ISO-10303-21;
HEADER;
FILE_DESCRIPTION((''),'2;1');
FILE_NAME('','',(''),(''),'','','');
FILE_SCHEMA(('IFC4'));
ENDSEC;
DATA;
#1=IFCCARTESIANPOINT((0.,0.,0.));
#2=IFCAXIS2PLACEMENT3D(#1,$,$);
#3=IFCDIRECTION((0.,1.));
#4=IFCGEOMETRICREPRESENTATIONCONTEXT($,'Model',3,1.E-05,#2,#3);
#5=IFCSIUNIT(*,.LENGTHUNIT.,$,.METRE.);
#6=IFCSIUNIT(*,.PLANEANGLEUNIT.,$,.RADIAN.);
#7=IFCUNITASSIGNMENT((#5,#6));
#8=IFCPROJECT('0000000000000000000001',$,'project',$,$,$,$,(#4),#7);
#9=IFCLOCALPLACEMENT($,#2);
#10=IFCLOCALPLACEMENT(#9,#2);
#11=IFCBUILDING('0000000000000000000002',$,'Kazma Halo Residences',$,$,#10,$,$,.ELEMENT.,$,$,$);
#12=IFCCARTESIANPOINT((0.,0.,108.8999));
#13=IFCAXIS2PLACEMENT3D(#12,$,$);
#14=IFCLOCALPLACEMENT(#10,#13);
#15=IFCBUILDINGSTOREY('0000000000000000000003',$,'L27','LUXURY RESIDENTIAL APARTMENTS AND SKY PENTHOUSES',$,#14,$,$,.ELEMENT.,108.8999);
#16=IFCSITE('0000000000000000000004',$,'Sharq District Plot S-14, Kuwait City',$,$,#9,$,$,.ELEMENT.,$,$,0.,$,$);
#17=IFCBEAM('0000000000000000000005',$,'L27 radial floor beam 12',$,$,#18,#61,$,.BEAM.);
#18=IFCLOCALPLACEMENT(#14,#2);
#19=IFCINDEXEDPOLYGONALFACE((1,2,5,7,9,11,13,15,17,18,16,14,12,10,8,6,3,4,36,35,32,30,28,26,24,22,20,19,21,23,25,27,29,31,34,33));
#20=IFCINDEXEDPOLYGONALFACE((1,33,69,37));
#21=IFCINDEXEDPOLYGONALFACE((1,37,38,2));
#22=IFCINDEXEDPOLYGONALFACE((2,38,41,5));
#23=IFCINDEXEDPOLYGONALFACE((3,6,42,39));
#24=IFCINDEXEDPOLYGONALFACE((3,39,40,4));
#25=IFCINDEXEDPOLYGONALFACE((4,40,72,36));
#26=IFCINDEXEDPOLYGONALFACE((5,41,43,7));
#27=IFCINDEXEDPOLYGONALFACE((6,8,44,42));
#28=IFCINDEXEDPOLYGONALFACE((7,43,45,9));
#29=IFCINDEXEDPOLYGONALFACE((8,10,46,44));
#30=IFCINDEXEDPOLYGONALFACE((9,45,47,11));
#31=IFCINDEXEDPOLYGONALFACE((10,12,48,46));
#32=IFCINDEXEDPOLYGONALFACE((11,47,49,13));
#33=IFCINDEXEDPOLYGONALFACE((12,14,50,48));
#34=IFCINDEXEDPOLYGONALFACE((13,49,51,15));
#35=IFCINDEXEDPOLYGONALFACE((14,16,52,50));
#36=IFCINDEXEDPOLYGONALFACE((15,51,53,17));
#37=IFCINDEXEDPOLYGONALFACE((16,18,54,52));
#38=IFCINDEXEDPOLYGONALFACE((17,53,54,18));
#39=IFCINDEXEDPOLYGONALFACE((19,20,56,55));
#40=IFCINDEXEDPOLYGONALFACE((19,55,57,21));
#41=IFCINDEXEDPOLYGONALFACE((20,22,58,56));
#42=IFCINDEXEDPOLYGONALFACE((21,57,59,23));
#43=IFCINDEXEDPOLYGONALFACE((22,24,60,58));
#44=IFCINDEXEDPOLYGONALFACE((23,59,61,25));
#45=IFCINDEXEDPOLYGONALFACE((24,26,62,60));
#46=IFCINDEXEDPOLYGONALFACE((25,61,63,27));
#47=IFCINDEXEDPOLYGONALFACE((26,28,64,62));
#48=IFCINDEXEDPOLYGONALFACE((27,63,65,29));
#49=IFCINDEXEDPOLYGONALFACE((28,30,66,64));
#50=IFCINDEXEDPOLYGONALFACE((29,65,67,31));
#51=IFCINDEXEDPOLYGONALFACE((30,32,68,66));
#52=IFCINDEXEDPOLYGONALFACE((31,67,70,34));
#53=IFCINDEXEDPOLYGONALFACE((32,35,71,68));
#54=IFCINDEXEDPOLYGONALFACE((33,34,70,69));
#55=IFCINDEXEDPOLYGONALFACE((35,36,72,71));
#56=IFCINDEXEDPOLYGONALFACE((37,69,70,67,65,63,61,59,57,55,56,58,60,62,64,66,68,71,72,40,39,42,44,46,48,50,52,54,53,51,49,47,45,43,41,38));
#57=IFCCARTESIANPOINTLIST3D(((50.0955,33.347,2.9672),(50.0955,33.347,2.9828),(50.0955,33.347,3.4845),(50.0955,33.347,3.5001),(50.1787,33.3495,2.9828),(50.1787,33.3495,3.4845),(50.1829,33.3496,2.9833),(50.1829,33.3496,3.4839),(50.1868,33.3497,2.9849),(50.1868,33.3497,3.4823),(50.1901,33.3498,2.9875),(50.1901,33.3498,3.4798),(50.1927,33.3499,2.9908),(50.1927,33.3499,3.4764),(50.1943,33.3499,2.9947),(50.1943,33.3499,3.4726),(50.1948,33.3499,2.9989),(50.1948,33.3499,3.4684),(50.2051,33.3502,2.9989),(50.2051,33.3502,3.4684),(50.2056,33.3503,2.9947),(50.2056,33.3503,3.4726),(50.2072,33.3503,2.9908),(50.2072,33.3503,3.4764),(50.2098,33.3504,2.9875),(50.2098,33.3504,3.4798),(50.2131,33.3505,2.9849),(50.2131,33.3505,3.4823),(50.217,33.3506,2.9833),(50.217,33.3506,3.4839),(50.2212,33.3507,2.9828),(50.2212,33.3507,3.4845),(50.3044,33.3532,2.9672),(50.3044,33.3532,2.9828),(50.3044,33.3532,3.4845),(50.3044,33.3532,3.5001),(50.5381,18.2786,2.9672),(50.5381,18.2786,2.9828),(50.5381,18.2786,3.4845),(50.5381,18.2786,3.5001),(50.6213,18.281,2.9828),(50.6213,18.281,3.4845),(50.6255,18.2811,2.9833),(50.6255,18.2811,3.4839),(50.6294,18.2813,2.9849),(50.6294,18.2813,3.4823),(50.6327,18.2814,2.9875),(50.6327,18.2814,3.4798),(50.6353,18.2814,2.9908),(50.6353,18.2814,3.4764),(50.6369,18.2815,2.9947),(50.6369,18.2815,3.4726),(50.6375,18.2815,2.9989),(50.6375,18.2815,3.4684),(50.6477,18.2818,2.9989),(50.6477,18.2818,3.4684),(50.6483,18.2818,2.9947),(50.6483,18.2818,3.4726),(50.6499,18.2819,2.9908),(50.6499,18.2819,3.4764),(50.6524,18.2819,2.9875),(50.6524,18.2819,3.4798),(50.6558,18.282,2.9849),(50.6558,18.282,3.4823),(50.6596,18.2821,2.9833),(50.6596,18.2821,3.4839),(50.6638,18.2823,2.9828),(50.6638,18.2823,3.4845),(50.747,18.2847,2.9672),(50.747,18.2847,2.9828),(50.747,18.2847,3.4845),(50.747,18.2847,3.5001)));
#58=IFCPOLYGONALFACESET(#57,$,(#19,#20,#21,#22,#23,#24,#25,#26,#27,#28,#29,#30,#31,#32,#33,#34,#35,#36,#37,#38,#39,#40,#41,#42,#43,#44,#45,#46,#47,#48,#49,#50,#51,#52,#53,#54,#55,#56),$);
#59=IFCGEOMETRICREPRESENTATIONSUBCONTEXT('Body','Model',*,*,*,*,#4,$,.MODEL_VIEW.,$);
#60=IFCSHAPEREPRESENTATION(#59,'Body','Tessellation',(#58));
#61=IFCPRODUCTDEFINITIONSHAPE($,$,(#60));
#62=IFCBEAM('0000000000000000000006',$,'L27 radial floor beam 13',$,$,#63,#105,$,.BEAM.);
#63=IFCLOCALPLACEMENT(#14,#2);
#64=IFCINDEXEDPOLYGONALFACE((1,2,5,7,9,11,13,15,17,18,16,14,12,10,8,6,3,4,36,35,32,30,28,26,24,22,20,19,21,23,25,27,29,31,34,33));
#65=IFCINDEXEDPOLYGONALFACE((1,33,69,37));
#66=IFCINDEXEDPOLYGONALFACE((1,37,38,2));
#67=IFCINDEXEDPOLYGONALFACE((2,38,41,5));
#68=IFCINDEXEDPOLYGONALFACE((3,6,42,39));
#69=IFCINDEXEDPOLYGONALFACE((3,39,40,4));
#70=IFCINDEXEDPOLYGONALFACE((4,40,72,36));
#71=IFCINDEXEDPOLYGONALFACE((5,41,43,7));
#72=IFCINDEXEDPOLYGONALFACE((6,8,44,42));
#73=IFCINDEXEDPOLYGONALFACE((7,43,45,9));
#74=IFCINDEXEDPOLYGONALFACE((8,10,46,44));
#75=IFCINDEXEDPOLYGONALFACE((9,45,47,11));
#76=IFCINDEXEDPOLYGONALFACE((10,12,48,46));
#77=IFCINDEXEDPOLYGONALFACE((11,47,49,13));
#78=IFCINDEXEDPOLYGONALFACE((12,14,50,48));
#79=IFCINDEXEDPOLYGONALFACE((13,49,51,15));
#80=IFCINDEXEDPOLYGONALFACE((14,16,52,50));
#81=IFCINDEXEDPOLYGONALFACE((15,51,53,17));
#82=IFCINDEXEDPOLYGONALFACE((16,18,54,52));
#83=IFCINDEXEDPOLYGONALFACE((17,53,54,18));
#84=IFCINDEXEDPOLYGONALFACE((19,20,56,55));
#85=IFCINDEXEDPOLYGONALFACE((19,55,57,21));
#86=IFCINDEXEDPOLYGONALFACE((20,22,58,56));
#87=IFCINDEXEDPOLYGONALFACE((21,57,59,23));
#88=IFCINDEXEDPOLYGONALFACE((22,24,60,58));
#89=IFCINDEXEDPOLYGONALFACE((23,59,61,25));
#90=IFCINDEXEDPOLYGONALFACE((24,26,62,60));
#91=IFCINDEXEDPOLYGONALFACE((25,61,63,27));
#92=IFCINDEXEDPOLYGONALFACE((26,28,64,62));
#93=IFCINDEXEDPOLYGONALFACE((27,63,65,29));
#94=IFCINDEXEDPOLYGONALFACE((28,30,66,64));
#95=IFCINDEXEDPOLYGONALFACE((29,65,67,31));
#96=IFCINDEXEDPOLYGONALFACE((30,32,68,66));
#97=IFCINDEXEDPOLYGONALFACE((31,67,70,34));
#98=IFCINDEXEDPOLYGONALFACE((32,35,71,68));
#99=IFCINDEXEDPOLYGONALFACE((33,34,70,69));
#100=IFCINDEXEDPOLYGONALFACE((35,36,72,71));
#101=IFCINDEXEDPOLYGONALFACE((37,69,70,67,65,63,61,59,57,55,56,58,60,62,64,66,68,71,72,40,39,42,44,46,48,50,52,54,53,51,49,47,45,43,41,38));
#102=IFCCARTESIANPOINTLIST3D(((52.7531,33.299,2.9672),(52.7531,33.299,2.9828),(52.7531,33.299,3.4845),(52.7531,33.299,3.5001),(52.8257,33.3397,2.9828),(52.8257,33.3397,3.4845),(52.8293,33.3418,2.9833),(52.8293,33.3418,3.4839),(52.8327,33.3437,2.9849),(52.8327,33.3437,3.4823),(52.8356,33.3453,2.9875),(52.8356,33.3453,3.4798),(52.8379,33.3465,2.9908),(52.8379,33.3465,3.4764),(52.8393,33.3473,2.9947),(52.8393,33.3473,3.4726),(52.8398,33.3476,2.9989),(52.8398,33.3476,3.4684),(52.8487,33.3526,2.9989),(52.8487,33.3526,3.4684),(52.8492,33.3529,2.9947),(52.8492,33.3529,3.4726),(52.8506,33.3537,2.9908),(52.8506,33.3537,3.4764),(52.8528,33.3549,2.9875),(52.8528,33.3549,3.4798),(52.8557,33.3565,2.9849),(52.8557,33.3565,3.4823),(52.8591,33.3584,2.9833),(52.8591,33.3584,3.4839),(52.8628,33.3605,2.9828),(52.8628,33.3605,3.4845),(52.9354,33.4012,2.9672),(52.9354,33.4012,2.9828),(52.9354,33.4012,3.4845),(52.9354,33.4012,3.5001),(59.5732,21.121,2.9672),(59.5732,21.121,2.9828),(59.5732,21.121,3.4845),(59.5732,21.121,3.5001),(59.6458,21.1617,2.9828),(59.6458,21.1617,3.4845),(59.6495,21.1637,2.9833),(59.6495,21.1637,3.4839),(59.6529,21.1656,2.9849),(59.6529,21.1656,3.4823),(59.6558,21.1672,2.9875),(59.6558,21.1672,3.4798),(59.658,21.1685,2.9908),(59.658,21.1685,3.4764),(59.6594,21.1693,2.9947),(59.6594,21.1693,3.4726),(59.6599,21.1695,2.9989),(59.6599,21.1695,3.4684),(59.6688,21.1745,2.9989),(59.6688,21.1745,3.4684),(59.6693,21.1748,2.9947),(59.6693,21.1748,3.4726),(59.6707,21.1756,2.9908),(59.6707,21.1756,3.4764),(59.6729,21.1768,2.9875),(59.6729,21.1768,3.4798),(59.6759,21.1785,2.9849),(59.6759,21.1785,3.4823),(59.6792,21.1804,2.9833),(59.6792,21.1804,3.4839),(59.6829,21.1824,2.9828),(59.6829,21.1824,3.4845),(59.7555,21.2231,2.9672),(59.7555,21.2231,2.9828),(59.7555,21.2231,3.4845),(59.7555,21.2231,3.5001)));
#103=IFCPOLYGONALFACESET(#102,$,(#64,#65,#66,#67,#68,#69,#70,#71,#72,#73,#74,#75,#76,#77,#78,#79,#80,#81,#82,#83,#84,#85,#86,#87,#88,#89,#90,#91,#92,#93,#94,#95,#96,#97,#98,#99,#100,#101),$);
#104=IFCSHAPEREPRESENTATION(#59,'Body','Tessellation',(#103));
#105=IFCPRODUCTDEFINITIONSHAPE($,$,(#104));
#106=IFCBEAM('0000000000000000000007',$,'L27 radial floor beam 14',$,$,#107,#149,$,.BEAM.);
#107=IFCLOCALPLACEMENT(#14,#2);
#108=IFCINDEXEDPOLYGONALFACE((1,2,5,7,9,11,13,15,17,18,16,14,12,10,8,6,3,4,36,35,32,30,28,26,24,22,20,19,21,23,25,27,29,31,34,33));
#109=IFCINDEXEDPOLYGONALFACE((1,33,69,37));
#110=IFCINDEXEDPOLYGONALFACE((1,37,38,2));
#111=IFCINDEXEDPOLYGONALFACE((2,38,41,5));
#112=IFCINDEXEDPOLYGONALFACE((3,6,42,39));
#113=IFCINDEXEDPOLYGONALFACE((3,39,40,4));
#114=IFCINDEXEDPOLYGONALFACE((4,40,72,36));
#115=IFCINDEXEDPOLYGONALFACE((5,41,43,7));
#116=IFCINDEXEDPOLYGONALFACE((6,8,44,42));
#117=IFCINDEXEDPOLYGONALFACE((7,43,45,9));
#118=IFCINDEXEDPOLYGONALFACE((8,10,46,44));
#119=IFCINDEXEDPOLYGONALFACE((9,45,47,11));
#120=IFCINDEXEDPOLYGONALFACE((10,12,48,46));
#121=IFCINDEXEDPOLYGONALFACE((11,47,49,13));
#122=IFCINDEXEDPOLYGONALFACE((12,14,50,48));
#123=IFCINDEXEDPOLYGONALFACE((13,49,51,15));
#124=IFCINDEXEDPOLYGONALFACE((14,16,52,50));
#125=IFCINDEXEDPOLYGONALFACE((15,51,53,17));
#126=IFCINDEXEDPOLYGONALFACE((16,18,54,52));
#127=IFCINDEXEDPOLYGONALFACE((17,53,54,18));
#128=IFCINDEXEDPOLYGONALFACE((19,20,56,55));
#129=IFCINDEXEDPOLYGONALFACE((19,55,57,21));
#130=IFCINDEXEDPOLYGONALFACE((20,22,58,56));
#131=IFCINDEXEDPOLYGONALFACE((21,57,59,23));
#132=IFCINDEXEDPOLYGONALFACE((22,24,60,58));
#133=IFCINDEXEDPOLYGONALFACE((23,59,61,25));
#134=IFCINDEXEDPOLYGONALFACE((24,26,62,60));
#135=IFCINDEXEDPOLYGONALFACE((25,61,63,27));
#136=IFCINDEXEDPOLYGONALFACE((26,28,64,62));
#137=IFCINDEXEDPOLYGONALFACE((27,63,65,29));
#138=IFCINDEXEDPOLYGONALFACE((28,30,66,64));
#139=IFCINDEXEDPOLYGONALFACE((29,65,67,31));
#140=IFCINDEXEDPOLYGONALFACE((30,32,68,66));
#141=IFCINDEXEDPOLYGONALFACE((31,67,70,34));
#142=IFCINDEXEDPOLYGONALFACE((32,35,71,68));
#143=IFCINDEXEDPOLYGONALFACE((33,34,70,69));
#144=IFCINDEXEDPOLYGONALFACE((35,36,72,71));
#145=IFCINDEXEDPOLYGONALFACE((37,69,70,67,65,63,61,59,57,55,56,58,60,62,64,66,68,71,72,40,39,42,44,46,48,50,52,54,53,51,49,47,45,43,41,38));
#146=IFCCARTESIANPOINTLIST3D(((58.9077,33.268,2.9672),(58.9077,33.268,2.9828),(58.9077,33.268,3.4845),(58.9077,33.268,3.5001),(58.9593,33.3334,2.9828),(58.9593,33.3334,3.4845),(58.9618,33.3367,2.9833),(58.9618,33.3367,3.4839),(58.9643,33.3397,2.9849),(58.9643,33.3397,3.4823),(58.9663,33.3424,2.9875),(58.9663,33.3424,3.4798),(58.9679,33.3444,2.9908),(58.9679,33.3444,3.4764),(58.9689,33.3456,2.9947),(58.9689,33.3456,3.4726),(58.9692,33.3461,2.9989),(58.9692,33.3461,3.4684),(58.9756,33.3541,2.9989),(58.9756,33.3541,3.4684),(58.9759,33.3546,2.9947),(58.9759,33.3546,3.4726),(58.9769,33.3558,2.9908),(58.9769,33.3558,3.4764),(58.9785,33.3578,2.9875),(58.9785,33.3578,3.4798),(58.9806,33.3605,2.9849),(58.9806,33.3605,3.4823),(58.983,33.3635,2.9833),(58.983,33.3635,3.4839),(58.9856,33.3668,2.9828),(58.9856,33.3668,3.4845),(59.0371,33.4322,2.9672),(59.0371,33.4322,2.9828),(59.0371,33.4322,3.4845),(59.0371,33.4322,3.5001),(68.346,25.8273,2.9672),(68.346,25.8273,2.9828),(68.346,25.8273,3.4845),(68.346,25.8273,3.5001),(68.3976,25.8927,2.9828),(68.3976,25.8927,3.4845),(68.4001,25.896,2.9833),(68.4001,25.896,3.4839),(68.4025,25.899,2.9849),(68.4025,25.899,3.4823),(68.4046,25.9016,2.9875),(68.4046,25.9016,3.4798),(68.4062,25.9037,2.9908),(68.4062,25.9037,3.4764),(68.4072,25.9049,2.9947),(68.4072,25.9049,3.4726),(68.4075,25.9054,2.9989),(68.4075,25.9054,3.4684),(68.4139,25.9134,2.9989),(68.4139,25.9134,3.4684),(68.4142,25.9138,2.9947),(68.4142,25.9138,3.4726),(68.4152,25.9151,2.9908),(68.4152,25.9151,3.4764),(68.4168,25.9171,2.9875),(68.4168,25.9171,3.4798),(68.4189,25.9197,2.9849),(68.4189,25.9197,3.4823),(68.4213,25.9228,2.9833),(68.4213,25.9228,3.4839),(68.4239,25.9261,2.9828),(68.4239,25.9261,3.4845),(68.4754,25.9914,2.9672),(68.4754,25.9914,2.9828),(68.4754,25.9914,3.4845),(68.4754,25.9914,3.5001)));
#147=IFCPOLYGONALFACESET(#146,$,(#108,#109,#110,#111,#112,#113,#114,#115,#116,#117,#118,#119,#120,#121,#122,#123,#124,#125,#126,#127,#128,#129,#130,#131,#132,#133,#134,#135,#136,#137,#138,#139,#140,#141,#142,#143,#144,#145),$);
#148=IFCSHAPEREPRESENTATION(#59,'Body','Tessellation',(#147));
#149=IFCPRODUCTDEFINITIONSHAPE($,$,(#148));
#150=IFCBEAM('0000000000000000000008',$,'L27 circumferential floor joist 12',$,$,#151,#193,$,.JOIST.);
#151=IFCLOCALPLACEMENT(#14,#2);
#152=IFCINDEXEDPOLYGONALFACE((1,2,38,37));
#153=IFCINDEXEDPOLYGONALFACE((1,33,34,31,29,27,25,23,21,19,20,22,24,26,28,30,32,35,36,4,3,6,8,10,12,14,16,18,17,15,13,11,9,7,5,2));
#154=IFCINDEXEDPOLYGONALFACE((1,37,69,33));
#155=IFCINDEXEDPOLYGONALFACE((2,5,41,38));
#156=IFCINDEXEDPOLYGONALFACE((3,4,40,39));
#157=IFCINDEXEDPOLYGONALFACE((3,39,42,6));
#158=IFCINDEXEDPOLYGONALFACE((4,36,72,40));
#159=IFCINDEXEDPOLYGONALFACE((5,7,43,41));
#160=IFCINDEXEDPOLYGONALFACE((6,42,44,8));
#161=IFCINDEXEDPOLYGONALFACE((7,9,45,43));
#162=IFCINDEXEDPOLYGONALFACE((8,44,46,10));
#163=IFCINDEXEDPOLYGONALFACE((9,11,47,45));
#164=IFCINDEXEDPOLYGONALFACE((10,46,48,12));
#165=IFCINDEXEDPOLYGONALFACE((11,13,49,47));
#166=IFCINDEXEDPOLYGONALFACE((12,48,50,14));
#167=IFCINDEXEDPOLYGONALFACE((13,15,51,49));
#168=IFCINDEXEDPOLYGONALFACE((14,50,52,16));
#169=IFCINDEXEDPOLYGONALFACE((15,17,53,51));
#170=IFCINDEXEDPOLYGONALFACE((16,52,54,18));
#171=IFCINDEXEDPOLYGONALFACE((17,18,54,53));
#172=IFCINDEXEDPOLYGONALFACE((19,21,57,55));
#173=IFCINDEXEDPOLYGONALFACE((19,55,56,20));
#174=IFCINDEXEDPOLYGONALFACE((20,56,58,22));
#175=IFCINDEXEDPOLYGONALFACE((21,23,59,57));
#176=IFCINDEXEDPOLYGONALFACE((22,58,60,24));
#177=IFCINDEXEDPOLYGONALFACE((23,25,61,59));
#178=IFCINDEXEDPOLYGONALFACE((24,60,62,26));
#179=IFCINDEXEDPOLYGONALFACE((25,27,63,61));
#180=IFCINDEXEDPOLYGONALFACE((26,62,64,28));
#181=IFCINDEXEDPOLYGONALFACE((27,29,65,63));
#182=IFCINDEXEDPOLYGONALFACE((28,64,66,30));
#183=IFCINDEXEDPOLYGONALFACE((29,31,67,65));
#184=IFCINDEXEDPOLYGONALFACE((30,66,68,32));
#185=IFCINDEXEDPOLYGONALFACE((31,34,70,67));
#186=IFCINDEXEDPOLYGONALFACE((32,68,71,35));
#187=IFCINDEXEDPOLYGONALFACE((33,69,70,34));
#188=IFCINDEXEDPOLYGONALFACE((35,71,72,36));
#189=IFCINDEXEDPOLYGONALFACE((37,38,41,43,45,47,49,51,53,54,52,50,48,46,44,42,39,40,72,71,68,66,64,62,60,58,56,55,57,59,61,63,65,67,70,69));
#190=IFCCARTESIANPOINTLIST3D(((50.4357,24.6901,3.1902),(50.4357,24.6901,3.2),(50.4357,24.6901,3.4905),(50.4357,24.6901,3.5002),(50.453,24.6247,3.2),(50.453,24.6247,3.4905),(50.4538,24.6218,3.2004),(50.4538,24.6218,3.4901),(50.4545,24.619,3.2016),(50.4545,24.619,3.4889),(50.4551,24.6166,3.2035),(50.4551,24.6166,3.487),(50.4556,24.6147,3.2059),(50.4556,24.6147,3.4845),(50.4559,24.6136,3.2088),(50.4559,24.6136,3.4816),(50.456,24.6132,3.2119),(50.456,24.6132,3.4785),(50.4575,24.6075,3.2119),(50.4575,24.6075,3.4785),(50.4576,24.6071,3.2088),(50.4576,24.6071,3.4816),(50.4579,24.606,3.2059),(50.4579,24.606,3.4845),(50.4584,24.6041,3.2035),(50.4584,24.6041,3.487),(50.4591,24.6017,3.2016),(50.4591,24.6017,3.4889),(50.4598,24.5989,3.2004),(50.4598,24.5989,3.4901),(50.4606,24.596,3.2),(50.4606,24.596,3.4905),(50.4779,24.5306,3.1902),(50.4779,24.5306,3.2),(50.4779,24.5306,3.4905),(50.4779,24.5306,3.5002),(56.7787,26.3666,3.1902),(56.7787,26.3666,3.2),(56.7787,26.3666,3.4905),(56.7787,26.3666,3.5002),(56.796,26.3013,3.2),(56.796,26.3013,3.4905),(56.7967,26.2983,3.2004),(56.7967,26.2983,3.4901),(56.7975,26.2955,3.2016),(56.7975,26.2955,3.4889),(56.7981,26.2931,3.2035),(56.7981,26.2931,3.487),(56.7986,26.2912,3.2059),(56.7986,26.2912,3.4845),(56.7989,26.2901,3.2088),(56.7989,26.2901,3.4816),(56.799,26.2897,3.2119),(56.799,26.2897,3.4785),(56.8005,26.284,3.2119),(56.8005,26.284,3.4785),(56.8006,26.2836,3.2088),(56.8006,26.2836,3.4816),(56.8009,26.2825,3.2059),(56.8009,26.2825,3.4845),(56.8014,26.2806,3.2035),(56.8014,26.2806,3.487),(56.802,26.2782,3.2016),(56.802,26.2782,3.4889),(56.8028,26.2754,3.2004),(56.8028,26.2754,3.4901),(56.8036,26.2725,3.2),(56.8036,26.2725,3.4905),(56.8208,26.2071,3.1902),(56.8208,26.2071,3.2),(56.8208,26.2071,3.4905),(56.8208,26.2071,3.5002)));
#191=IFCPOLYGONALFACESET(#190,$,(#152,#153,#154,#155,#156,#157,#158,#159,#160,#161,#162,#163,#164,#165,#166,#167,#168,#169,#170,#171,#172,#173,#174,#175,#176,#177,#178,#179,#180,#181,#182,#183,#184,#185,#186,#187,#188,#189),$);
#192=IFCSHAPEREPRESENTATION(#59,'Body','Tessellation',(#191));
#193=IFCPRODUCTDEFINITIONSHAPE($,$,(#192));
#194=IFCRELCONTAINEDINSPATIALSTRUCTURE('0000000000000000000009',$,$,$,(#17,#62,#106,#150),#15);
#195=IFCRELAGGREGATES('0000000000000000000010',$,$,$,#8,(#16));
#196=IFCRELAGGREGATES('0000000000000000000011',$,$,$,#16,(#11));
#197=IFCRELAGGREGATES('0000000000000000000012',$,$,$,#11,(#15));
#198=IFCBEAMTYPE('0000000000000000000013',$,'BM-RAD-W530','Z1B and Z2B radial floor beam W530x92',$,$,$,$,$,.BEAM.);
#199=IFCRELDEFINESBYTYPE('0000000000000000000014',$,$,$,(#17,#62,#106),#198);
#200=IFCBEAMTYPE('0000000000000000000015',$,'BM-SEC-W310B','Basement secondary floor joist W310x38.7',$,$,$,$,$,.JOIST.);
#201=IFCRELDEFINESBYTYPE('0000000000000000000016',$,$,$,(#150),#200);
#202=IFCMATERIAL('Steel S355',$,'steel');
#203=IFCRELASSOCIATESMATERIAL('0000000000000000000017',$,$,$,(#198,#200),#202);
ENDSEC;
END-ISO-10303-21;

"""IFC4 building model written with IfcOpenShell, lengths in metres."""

from ifc_helpers import new_model, si_unit, direction, frame, origin, origin_2d, place, context, subcontext, project, spatial, i_section, extrude, material, material_profile, profile_set, type_object, element, save


model = new_model("IFC4")

# Units and contexts
model_context = context("Model", 3, precision=1e-05, world=origin(), true_north=direction((0.0, 1.0)))
body_context = subcontext(model_context, "Body", "Model", "MODEL_VIEW")
ifc_project = project(units=[si_unit("LENGTHUNIT", "METRE"), si_unit("PLANEANGLEUNIT", "RADIAN")], contexts=[model_context])

# Site, building, storey
site_placement = place(None, origin())
site = spatial("IfcSite", under=ifc_project, at=site_placement, Name="Sharq District Plot S-14, Kuwait City", CompositionType="ELEMENT", RefElevation=0.0)
building_placement = place(site_placement, origin())
building = spatial("IfcBuilding", under=site, at=building_placement, Name="Kazma Halo Residences", CompositionType="ELEMENT")
storey_placement = place(building_placement, frame((0.0, 0.0, 108.8999)))
storey = spatial("IfcBuildingStorey", under=building, at=storey_placement, Name="L27", Description="LUXURY RESIDENTIAL APARTMENTS AND SKY PENTHOUSES", CompositionType="ELEMENT", Elevation=108.8999)

# Beams
ifc_material_1 = material(Name="Steel S355", Category="steel")
ifc_material_profile_1 = material_profile(ifc_material_1, i_section(OverallWidth=0.209, OverallDepth=0.533, WebThickness=0.0103, FlangeThickness=0.0156, FilletRadius=0.0161, at=origin_2d()), Name="W530x92")
ifc_profile_set_1 = profile_set([ifc_material_profile_1], Name="Steel S355")
beam_type_1 = type_object("IfcBeamType", Name="BM-RAD-W530", Description="Z1B and Z2B radial floor beam W530x92", PredefinedType="BEAM", material=ifc_profile_set_1)
beam_1_placement = place(storey_placement, frame((50.2, 33.3501, 3.2336), z_axis=(0.029362, -0.999569, 0.0), x_axis=(0.999569, 0.029362, 0.0)))
element("IfcBeam", 1, at=beam_1_placement, inside=storey, type_object=beam_type_1, Name="L27 radial floor beam 12", PredefinedType="BEAM", context=body_context, shape_type="SweptSolid", body=[
    extrude(i_section(OverallWidth=0.209, OverallDepth=0.533, WebThickness=0.0103, FlangeThickness=0.0156, FilletRadius=0.0161, at=origin_2d()), origin(), (0.0, 0.0, 1.0), 15.075),
])
beam_2_placement = place(storey_placement, frame((52.8442, 33.3501, 3.2336), z_axis=(0.488625, -0.872494, 0.0), x_axis=(0.872494, 0.488625, 0.0)))
element("IfcBeam", 2, at=beam_2_placement, inside=storey, type_object=beam_type_1, Name="L27 radial floor beam 13", PredefinedType="BEAM", context=body_context, shape_type="SweptSolid", body=[
    extrude(i_section(OverallWidth=0.209, OverallDepth=0.533, WebThickness=0.0103, FlangeThickness=0.0156, FilletRadius=0.0161, at=origin_2d()), origin(), (0.0, 0.0, 1.0), 13.9578),
])
beam_3_placement = place(storey_placement, frame((58.9724, 33.3501, 3.2336), z_axis=(0.78531, -0.619103, 0.0), x_axis=(0.619103, 0.78531, 0.0)))
element("IfcBeam", 3, at=beam_3_placement, inside=storey, type_object=beam_type_1, Name="L27 radial floor beam 14", PredefinedType="BEAM", context=body_context, shape_type="SweptSolid", body=[
    extrude(i_section(OverallWidth=0.209, OverallDepth=0.533, WebThickness=0.0103, FlangeThickness=0.0156, FilletRadius=0.0161, at=origin_2d()), origin(), (0.0, 0.0, 1.0), 12.0186),
])
ifc_material_profile_2 = material_profile(ifc_material_1, i_section(OverallWidth=0.165, OverallDepth=0.3101, WebThickness=0.0059, FlangeThickness=0.0098, FilletRadius=0.012, at=origin_2d()), Name="W310x38.7")
ifc_profile_set_2 = profile_set([ifc_material_profile_2], Name="Steel S355")
beam_type_2 = type_object("IfcBeamType", Name="BM-SEC-W310B", Description="Basement secondary floor joist W310x38.7", PredefinedType="JOIST", material=ifc_profile_set_2)
beam_4_placement = place(storey_placement, frame((50.4568, 24.6104, 3.3452), z_axis=(0.9668, 0.255534, 0.0), x_axis=(-0.255534, 0.9668, 0.0)))
element("IfcBeam", 4, at=beam_4_placement, inside=storey, type_object=beam_type_2, Name="L27 circumferential floor joist 12", PredefinedType="JOIST", context=body_context, shape_type="SweptSolid", body=[
    extrude(i_section(OverallWidth=0.165, OverallDepth=0.3101, WebThickness=0.0059, FlangeThickness=0.0098, FilletRadius=0.012, at=origin_2d()), origin(), (0.0, 0.0, 1.0), 6.5608),
])

save(model, "model.ifc")
